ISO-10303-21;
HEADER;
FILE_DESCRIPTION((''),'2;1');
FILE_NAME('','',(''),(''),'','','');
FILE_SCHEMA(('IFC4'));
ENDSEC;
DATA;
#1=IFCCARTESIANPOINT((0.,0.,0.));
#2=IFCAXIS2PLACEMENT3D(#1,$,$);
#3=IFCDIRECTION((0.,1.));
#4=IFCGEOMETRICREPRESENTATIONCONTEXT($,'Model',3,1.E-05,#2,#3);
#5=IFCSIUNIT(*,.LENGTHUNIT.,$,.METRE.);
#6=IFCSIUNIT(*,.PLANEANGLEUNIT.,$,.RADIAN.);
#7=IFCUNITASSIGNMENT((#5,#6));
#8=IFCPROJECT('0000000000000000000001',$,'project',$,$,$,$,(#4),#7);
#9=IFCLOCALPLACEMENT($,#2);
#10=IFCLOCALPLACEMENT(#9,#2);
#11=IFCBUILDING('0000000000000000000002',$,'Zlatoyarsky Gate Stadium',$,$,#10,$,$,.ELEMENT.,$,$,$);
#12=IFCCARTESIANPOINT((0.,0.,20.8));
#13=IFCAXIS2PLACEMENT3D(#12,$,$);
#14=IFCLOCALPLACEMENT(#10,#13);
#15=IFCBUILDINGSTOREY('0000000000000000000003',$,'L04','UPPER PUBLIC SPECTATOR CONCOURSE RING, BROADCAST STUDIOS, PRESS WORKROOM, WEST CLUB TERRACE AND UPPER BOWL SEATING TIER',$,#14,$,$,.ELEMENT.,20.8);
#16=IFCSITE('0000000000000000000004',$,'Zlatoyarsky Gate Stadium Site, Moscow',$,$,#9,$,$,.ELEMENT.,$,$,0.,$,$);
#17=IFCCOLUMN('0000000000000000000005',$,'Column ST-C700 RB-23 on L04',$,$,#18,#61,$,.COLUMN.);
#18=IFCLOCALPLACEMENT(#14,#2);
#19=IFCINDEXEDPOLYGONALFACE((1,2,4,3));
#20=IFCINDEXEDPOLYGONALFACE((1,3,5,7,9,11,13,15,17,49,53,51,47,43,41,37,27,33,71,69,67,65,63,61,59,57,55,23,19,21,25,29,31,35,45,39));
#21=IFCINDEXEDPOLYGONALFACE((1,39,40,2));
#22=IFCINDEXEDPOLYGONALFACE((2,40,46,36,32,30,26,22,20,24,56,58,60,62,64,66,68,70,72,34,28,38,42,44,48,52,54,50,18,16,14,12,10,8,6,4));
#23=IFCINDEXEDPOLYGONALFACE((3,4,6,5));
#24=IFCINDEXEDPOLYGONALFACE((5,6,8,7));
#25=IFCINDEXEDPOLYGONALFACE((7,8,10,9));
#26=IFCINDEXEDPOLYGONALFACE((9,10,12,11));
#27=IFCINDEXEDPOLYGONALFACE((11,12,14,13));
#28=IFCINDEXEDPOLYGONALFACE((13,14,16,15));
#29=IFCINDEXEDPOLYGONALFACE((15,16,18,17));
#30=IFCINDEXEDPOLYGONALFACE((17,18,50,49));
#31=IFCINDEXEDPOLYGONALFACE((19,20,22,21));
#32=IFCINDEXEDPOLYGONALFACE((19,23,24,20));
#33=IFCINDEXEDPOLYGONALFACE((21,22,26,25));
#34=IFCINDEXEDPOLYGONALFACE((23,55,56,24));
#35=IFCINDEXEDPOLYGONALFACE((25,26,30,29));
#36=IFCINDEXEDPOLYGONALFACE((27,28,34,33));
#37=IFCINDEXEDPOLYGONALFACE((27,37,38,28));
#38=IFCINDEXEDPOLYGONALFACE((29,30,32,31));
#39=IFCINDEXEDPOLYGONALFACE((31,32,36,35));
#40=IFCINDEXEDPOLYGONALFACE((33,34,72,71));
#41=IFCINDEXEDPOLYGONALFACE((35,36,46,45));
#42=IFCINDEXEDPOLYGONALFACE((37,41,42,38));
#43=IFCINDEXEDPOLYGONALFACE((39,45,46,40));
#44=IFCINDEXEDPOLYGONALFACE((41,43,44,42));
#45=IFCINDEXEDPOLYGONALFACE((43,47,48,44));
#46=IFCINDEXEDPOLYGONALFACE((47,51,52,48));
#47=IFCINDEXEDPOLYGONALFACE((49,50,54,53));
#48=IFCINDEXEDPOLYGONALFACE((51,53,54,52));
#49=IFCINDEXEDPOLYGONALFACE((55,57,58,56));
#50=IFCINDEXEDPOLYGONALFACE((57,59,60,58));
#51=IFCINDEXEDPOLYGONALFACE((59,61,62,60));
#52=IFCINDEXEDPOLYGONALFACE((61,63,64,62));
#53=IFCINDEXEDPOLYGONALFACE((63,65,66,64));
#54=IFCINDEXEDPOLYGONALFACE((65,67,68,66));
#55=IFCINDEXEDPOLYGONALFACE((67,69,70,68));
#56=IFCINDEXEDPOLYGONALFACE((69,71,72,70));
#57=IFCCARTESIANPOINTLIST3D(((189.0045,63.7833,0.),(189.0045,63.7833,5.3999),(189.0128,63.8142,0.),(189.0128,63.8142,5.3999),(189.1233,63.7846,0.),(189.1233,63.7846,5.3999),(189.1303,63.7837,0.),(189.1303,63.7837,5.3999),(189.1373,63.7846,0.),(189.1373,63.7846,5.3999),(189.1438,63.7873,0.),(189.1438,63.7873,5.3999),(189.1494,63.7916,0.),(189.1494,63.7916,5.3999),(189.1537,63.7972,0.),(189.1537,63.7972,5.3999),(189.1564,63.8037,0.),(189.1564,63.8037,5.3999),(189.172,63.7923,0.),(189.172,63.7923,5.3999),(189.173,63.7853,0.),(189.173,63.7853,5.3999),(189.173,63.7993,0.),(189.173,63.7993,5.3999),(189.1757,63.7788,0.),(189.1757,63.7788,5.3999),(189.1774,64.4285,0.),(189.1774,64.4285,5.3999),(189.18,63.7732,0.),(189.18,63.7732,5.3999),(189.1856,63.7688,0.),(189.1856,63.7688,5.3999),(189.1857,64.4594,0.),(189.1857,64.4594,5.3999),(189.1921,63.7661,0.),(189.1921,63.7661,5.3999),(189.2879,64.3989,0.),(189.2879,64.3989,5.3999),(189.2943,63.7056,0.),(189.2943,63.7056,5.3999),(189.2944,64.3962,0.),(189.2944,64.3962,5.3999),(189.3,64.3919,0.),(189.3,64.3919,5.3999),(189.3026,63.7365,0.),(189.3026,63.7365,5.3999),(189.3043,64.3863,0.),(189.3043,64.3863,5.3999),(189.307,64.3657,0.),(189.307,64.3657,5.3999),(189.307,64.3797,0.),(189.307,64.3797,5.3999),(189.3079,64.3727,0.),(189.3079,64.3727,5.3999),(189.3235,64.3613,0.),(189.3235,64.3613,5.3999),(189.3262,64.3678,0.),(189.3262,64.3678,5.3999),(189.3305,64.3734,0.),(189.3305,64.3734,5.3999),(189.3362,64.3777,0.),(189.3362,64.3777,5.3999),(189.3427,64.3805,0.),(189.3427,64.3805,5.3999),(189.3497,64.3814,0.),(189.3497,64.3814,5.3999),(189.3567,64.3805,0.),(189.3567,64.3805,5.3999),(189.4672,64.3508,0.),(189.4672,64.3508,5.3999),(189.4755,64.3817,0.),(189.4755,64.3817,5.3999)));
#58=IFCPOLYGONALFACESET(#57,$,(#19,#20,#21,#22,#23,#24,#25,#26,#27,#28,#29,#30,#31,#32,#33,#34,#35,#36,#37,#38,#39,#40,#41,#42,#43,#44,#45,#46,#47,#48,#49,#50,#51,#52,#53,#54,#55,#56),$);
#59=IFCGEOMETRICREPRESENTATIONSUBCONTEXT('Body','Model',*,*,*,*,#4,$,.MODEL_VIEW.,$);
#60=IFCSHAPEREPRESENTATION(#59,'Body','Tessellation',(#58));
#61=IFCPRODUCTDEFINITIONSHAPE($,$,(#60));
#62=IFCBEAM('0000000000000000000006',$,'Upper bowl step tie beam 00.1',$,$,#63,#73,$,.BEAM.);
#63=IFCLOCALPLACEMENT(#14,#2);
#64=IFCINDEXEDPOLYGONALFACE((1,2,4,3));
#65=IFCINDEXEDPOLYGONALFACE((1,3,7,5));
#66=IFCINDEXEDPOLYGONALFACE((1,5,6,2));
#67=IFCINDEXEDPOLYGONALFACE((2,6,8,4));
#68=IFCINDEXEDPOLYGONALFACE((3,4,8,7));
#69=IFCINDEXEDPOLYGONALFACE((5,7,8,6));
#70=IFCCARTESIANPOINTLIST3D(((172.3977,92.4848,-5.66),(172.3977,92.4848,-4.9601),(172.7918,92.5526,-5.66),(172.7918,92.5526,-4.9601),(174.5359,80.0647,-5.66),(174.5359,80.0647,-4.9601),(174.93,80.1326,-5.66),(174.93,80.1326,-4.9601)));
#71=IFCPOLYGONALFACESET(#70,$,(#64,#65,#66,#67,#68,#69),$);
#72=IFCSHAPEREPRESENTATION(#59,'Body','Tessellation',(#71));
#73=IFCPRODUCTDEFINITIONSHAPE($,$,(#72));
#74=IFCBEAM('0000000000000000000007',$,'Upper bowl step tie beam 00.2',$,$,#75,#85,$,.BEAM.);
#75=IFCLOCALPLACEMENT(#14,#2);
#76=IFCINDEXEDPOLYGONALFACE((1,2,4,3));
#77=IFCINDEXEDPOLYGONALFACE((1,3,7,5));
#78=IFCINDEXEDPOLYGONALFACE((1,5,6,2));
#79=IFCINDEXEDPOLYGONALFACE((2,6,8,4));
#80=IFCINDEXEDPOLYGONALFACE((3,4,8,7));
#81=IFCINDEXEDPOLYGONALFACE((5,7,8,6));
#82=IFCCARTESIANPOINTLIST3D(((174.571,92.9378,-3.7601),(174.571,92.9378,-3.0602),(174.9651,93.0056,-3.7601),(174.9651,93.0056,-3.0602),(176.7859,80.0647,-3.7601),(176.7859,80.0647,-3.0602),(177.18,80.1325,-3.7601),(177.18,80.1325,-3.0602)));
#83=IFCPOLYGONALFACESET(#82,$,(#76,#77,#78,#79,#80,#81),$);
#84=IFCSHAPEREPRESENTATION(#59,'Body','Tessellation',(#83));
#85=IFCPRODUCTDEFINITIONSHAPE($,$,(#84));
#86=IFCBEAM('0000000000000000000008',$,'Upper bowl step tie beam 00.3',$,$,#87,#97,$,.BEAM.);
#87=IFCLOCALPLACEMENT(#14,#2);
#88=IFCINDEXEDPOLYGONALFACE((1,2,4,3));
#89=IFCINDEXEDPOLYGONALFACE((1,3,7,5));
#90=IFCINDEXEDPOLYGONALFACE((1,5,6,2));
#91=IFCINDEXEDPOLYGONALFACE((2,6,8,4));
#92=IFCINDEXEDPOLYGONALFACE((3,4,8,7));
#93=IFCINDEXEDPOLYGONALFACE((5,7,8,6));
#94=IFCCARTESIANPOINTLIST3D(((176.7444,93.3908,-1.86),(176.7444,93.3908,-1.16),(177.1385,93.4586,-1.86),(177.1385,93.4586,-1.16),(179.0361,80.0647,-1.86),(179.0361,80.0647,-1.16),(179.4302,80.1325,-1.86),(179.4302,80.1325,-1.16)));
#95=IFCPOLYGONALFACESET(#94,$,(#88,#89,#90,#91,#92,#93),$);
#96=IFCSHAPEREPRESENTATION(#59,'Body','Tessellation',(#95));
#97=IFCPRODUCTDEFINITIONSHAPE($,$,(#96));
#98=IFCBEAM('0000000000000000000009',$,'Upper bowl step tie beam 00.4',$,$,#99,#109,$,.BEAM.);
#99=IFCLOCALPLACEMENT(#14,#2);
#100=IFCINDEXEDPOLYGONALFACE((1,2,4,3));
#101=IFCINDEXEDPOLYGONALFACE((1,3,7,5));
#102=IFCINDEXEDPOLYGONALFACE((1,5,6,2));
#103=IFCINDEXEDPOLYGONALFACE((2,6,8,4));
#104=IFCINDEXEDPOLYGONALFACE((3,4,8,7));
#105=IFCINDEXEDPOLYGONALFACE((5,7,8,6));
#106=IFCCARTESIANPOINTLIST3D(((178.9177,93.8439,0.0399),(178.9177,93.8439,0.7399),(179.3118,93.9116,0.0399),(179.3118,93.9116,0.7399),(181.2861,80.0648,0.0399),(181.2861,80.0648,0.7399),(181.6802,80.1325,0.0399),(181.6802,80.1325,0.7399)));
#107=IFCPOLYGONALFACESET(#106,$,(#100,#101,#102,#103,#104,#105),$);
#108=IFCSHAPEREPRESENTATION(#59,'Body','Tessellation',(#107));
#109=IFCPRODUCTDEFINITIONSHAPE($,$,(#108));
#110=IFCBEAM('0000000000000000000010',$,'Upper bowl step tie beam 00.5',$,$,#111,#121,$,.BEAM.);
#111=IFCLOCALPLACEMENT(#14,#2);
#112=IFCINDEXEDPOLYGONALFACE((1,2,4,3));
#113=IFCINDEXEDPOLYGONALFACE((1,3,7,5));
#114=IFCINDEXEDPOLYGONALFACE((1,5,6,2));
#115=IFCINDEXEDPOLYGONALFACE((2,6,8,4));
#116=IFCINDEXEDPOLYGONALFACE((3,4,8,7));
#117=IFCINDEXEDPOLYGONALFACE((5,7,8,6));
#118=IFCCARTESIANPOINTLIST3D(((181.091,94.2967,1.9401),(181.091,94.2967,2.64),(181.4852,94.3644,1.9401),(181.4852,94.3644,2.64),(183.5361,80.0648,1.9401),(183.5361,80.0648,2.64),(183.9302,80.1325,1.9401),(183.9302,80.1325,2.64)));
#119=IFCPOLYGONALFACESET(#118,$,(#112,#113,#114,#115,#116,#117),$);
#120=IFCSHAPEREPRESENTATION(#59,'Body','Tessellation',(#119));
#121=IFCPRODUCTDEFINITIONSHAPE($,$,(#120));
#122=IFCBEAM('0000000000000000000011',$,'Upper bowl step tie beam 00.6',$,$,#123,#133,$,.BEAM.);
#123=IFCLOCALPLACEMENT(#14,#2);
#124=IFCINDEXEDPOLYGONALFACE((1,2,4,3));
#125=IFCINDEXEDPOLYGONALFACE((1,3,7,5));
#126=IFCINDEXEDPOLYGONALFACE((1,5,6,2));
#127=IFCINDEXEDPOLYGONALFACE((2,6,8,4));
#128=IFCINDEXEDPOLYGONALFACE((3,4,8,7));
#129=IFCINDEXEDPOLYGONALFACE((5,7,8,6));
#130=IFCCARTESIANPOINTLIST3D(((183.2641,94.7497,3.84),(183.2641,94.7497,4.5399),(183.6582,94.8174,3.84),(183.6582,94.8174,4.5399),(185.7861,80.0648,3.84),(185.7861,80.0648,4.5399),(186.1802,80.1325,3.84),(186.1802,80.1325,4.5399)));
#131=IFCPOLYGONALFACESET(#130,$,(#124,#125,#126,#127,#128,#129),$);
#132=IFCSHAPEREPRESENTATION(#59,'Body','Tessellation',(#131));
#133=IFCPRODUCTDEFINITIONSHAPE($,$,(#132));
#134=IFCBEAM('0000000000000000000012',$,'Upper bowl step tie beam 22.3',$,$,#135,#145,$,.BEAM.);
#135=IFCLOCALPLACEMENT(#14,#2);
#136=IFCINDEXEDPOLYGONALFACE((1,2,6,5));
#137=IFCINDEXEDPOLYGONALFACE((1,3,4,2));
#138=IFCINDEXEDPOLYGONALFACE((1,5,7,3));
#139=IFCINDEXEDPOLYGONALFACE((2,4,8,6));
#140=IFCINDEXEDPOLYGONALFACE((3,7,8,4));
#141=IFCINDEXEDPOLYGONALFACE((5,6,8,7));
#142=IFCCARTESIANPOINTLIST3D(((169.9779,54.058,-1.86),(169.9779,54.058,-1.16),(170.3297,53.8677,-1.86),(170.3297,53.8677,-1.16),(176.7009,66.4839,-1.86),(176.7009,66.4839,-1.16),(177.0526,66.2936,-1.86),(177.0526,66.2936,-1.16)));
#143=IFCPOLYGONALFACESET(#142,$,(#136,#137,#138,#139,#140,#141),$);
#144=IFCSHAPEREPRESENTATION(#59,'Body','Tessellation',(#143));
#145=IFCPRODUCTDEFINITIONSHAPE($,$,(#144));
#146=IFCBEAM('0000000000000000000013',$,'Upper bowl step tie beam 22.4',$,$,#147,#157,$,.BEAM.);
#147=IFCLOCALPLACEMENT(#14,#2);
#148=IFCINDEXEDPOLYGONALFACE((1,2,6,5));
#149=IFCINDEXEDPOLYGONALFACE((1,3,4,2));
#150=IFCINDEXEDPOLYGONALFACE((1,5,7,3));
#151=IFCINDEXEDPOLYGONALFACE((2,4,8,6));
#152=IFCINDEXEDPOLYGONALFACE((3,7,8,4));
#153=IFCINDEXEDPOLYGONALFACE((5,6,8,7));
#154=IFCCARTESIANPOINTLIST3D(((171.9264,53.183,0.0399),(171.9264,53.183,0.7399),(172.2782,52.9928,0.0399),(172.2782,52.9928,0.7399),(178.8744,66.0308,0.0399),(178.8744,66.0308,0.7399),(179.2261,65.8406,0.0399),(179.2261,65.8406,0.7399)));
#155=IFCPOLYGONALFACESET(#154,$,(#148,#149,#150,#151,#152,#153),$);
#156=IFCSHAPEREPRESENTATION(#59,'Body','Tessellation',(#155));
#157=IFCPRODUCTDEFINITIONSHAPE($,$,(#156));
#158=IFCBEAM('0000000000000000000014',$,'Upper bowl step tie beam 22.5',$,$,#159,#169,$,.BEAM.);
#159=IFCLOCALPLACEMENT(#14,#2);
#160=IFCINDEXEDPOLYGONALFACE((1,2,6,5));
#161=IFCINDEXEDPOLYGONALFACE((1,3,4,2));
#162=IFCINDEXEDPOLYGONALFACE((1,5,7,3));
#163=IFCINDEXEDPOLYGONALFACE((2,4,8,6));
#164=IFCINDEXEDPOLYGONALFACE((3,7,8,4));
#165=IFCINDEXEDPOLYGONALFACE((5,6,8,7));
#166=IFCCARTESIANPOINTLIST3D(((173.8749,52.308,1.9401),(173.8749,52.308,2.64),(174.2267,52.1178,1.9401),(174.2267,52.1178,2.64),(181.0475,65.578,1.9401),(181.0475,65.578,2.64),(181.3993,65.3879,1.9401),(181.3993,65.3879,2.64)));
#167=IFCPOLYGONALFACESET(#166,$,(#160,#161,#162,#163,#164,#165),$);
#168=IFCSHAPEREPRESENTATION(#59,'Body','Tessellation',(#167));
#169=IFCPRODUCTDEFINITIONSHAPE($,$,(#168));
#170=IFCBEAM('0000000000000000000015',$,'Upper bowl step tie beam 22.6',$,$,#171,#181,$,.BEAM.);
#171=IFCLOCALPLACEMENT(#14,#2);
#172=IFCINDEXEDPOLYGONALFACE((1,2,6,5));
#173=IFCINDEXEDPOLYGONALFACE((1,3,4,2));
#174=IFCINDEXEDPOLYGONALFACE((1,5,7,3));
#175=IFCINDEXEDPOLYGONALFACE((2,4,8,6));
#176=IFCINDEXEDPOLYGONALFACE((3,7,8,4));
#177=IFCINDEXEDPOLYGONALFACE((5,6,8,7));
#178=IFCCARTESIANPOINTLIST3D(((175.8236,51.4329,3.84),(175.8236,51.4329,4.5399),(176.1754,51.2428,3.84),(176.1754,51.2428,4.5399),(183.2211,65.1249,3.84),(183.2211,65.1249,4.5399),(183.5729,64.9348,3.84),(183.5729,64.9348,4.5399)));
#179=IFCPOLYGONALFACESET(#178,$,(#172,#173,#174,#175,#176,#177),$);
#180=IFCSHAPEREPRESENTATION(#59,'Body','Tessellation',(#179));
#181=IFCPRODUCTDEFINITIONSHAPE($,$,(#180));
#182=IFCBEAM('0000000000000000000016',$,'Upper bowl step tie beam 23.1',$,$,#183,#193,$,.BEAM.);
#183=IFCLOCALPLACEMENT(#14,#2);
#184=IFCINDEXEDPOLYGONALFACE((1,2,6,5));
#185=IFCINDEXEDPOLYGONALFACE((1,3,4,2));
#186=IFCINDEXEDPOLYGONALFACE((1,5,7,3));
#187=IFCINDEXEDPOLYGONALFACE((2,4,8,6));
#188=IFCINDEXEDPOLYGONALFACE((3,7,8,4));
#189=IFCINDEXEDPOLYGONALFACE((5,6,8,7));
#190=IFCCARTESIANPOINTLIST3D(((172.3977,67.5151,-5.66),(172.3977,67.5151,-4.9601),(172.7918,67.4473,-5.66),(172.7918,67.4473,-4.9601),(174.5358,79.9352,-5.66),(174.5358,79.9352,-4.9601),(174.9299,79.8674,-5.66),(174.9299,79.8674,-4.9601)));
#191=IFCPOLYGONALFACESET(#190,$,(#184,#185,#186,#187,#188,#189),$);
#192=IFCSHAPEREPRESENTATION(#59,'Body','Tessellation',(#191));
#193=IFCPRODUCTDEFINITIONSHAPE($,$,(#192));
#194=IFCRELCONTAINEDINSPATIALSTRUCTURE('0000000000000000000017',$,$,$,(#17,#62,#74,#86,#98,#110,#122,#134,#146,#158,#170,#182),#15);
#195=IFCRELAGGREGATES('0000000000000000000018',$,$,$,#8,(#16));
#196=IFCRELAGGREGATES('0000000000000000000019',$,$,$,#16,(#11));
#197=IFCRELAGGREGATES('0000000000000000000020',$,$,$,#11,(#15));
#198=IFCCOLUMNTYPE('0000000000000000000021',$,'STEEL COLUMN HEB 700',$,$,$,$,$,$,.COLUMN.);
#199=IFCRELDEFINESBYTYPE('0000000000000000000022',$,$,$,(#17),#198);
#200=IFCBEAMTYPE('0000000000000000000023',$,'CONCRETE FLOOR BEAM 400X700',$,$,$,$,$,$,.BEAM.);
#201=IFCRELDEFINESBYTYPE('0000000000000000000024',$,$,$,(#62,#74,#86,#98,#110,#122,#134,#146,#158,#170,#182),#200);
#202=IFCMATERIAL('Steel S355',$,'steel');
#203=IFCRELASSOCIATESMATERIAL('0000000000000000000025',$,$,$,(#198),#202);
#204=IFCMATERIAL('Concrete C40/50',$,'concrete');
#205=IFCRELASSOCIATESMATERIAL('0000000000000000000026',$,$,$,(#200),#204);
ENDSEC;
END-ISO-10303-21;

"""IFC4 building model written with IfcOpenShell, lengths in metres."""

from ifc_helpers import new_model, si_unit, direction, frame, origin, origin_2d, place, context, subcontext, project, spatial, rectangle, i_section, extrude, material, material_profile, profile_set, type_object, element, save


model = new_model("IFC4")

# Units and contexts
model_context = context("Model", 3, precision=1e-05, world=origin(), true_north=direction((0.0, 1.0)))
body_context = subcontext(model_context, "Body", "Model", "MODEL_VIEW")
ifc_project = project(units=[si_unit("LENGTHUNIT", "METRE"), si_unit("PLANEANGLEUNIT", "RADIAN")], contexts=[model_context])

# Site, building, storey
site_placement = place(None, origin())
site = spatial("IfcSite", under=ifc_project, at=site_placement, Name="Zlatoyarsky Gate Stadium Site, Moscow", CompositionType="ELEMENT", RefElevation=0.0)
building_placement = place(site_placement, origin())
building = spatial("IfcBuilding", under=site, at=building_placement, Name="Zlatoyarsky Gate Stadium", CompositionType="ELEMENT")
storey_placement = place(building_placement, frame((0.0, 0.0, 20.8)))
storey = spatial("IfcBuildingStorey", under=building, at=storey_placement, Name="L04", Description="UPPER PUBLIC SPECTATOR CONCOURSE RING, BROADCAST STUDIOS, PRESS WORKROOM, WEST CLUB TERRACE AND UPPER BOWL SEATING TIER", CompositionType="ELEMENT", Elevation=20.8)

# Column
ifc_material_1 = material(Name="Steel S355", Category="steel")
ifc_material_profile_1 = material_profile(ifc_material_1, i_section(OverallWidth=0.3, OverallDepth=0.7, WebThickness=0.0171, FlangeThickness=0.032, FilletRadius=0.0271, at=origin_2d()), Name="HEB 700")
ifc_profile_set_1 = profile_set([ifc_material_profile_1], Name="Steel S355")
column_type = type_object("IfcColumnType", Name="STEEL COLUMN HEB 700", PredefinedType="COLUMN", material=ifc_profile_set_1)
column_placement = place(storey_placement, frame((189.24, 64.0825, 0.0), z_axis=(0.0, 0.0, 1.0), x_axis=(0.965926, -0.258819, 0.0)))
element("IfcColumn", 1, at=column_placement, inside=storey, type_object=column_type, Name="Column ST-C700 RB-23 on L04", PredefinedType="COLUMN", context=body_context, shape_type="SweptSolid", body=[
    extrude(i_section(OverallWidth=0.3, OverallDepth=0.7, WebThickness=0.0171, FlangeThickness=0.032, FilletRadius=0.0271, at=origin_2d()), origin(), (0.0, 0.0, 1.0), 5.3999),
])

# Beams
ifc_material_2 = material(Name="Concrete C40/50", Category="concrete")
ifc_material_profile_2 = material_profile(ifc_material_2, rectangle(XDim=0.3999, YDim=0.7, at=origin_2d()), Name="RC BEAM 400X700")
ifc_profile_set_2 = profile_set([ifc_material_profile_2], Name="Concrete C40/50")
beam_type_1 = type_object("IfcBeamType", Name="CONCRETE FLOOR BEAM 400X700", PredefinedType="BEAM", material=ifc_profile_set_2)
beam_1_placement = place(storey_placement, frame((174.7329, 80.0986, -5.3101), z_axis=(-0.169658, 0.985503, 0.0), x_axis=(-0.985503, -0.169658, 0.0)))
element("IfcBeam", 2, at=beam_1_placement, inside=storey, type_object=beam_type_1, Name="Upper bowl step tie beam 00.1", PredefinedType="BEAM", context=body_context, shape_type="SweptSolid", body=[
    extrude(rectangle(XDim=0.3999, YDim=0.7, at=origin_2d()), origin(), (0.0, 0.0, 1.0), 12.6028),
])
beam_2_placement = place(storey_placement, frame((176.9829, 80.0986, -3.4102), z_axis=(-0.169561, 0.98552, 0.0), x_axis=(-0.98552, -0.169561, 0.0)))
element("IfcBeam", 3, at=beam_2_placement, inside=storey, type_object=beam_type_1, Name="Upper bowl step tie beam 00.2", PredefinedType="BEAM", context=body_context, shape_type="SweptSolid", body=[
    extrude(rectangle(XDim=0.3999, YDim=0.7, at=origin_2d()), origin(), (0.0, 0.0, 1.0), 13.0623),
])
beam_3_placement = place(storey_placement, frame((179.2332, 80.0986, -1.51), z_axis=(-0.169485, 0.985533, 0.0), x_axis=(-0.985533, -0.169485, 0.0)))
element("IfcBeam", 4, at=beam_3_placement, inside=storey, type_object=beam_type_1, Name="Upper bowl step tie beam 00.3", PredefinedType="BEAM", context=body_context, shape_type="SweptSolid", body=[
    extrude(rectangle(XDim=0.3999, YDim=0.7, at=origin_2d()), origin(), (0.0, 0.0, 1.0), 13.5217),
])
beam_4_placement = place(storey_placement, frame((181.4832, 80.0986, 0.3899), z_axis=(-0.1694, 0.985547, 0.0), x_axis=(-0.985547, -0.1694, 0.0)))
element("IfcBeam", 5, at=beam_4_placement, inside=storey, type_object=beam_type_1, Name="Upper bowl step tie beam 00.4", PredefinedType="BEAM", context=body_context, shape_type="SweptSolid", body=[
    extrude(rectangle(XDim=0.3999, YDim=0.7, at=origin_2d()), origin(), (0.0, 0.0, 1.0), 13.9812),
])
beam_5_placement = place(storey_placement, frame((183.7332, 80.0986, 2.29), z_axis=(-0.169321, 0.985561, 0.0), x_axis=(-0.985561, -0.169321, 0.0)))
element("IfcBeam", 6, at=beam_5_placement, inside=storey, type_object=beam_type_1, Name="Upper bowl step tie beam 00.5", PredefinedType="BEAM", context=body_context, shape_type="SweptSolid", body=[
    extrude(rectangle(XDim=0.3999, YDim=0.7, at=origin_2d()), origin(), (0.0, 0.0, 1.0), 14.4404),
])
beam_6_placement = place(storey_placement, frame((185.9832, 80.0986, 4.1899), z_axis=(-0.169262, 0.985571, 0.0), x_axis=(-0.985571, -0.169262, 0.0)))
element("IfcBeam", 7, at=beam_6_placement, inside=storey, type_object=beam_type_1, Name="Upper bowl step tie beam 00.6", PredefinedType="BEAM", context=body_context, shape_type="SweptSolid", body=[
    extrude(rectangle(XDim=0.3999, YDim=0.7, at=origin_2d()), origin(), (0.0, 0.0, 1.0), 14.8999),
])
beam_7_placement = place(storey_placement, frame((170.1538, 53.9629, -1.51), z_axis=(0.47586, 0.879521, 0.0), x_axis=(-0.879521, 0.47586, 0.0)))
element("IfcBeam", 8, at=beam_7_placement, inside=storey, type_object=beam_type_1, Name="Upper bowl step tie beam 22.3", PredefinedType="BEAM", context=body_context, shape_type="SweptSolid", body=[
    extrude(rectangle(XDim=0.3999, YDim=0.7, at=origin_2d()), origin(), (0.0, 0.0, 1.0), 14.1279),
])
beam_8_placement = place(storey_placement, frame((172.1023, 53.0879, 0.3899), z_axis=(0.475686, 0.879615, 0.0), x_axis=(-0.879615, 0.475686, 0.0)))
element("IfcBeam", 9, at=beam_8_placement, inside=storey, type_object=beam_type_1, Name="Upper bowl step tie beam 22.4", PredefinedType="BEAM", context=body_context, shape_type="SweptSolid", body=[
    extrude(rectangle(XDim=0.3999, YDim=0.7, at=origin_2d()), origin(), (0.0, 0.0, 1.0), 14.6062),
])
beam_9_placement = place(storey_placement, frame((174.0508, 52.2129, 2.29), z_axis=(0.475498, 0.879717, 0.0), x_axis=(-0.879717, 0.475498, 0.0)))
element("IfcBeam", 10, at=beam_9_placement, inside=storey, type_object=beam_type_1, Name="Upper bowl step tie beam 22.5", PredefinedType="BEAM", context=body_context, shape_type="SweptSolid", body=[
    extrude(rectangle(XDim=0.3999, YDim=0.7, at=origin_2d()), origin(), (0.0, 0.0, 1.0), 15.0845),
])
beam_10_placement = place(storey_placement, frame((175.9995, 51.3379, 4.1899), z_axis=(0.47534, 0.879802, 0.0), x_axis=(-0.879802, 0.47534, 0.0)))
element("IfcBeam", 11, at=beam_10_placement, inside=storey, type_object=beam_type_1, Name="Upper bowl step tie beam 22.6", PredefinedType="BEAM", context=body_context, shape_type="SweptSolid", body=[
    extrude(rectangle(XDim=0.3999, YDim=0.7, at=origin_2d()), origin(), (0.0, 0.0, 1.0), 15.5625),
])
beam_11_placement = place(storey_placement, frame((172.5947, 67.4812, -5.3101), z_axis=(0.169658, 0.985503, 0.0), x_axis=(-0.985503, 0.169658, 0.0)))
element("IfcBeam", 12, at=beam_11_placement, inside=storey, type_object=beam_type_1, Name="Upper bowl step tie beam 23.1", PredefinedType="BEAM", context=body_context, shape_type="SweptSolid", body=[
    extrude(rectangle(XDim=0.3999, YDim=0.7, at=origin_2d()), origin(), (0.0, 0.0, 1.0), 12.6028),
])

save(model, "model.ifc")
